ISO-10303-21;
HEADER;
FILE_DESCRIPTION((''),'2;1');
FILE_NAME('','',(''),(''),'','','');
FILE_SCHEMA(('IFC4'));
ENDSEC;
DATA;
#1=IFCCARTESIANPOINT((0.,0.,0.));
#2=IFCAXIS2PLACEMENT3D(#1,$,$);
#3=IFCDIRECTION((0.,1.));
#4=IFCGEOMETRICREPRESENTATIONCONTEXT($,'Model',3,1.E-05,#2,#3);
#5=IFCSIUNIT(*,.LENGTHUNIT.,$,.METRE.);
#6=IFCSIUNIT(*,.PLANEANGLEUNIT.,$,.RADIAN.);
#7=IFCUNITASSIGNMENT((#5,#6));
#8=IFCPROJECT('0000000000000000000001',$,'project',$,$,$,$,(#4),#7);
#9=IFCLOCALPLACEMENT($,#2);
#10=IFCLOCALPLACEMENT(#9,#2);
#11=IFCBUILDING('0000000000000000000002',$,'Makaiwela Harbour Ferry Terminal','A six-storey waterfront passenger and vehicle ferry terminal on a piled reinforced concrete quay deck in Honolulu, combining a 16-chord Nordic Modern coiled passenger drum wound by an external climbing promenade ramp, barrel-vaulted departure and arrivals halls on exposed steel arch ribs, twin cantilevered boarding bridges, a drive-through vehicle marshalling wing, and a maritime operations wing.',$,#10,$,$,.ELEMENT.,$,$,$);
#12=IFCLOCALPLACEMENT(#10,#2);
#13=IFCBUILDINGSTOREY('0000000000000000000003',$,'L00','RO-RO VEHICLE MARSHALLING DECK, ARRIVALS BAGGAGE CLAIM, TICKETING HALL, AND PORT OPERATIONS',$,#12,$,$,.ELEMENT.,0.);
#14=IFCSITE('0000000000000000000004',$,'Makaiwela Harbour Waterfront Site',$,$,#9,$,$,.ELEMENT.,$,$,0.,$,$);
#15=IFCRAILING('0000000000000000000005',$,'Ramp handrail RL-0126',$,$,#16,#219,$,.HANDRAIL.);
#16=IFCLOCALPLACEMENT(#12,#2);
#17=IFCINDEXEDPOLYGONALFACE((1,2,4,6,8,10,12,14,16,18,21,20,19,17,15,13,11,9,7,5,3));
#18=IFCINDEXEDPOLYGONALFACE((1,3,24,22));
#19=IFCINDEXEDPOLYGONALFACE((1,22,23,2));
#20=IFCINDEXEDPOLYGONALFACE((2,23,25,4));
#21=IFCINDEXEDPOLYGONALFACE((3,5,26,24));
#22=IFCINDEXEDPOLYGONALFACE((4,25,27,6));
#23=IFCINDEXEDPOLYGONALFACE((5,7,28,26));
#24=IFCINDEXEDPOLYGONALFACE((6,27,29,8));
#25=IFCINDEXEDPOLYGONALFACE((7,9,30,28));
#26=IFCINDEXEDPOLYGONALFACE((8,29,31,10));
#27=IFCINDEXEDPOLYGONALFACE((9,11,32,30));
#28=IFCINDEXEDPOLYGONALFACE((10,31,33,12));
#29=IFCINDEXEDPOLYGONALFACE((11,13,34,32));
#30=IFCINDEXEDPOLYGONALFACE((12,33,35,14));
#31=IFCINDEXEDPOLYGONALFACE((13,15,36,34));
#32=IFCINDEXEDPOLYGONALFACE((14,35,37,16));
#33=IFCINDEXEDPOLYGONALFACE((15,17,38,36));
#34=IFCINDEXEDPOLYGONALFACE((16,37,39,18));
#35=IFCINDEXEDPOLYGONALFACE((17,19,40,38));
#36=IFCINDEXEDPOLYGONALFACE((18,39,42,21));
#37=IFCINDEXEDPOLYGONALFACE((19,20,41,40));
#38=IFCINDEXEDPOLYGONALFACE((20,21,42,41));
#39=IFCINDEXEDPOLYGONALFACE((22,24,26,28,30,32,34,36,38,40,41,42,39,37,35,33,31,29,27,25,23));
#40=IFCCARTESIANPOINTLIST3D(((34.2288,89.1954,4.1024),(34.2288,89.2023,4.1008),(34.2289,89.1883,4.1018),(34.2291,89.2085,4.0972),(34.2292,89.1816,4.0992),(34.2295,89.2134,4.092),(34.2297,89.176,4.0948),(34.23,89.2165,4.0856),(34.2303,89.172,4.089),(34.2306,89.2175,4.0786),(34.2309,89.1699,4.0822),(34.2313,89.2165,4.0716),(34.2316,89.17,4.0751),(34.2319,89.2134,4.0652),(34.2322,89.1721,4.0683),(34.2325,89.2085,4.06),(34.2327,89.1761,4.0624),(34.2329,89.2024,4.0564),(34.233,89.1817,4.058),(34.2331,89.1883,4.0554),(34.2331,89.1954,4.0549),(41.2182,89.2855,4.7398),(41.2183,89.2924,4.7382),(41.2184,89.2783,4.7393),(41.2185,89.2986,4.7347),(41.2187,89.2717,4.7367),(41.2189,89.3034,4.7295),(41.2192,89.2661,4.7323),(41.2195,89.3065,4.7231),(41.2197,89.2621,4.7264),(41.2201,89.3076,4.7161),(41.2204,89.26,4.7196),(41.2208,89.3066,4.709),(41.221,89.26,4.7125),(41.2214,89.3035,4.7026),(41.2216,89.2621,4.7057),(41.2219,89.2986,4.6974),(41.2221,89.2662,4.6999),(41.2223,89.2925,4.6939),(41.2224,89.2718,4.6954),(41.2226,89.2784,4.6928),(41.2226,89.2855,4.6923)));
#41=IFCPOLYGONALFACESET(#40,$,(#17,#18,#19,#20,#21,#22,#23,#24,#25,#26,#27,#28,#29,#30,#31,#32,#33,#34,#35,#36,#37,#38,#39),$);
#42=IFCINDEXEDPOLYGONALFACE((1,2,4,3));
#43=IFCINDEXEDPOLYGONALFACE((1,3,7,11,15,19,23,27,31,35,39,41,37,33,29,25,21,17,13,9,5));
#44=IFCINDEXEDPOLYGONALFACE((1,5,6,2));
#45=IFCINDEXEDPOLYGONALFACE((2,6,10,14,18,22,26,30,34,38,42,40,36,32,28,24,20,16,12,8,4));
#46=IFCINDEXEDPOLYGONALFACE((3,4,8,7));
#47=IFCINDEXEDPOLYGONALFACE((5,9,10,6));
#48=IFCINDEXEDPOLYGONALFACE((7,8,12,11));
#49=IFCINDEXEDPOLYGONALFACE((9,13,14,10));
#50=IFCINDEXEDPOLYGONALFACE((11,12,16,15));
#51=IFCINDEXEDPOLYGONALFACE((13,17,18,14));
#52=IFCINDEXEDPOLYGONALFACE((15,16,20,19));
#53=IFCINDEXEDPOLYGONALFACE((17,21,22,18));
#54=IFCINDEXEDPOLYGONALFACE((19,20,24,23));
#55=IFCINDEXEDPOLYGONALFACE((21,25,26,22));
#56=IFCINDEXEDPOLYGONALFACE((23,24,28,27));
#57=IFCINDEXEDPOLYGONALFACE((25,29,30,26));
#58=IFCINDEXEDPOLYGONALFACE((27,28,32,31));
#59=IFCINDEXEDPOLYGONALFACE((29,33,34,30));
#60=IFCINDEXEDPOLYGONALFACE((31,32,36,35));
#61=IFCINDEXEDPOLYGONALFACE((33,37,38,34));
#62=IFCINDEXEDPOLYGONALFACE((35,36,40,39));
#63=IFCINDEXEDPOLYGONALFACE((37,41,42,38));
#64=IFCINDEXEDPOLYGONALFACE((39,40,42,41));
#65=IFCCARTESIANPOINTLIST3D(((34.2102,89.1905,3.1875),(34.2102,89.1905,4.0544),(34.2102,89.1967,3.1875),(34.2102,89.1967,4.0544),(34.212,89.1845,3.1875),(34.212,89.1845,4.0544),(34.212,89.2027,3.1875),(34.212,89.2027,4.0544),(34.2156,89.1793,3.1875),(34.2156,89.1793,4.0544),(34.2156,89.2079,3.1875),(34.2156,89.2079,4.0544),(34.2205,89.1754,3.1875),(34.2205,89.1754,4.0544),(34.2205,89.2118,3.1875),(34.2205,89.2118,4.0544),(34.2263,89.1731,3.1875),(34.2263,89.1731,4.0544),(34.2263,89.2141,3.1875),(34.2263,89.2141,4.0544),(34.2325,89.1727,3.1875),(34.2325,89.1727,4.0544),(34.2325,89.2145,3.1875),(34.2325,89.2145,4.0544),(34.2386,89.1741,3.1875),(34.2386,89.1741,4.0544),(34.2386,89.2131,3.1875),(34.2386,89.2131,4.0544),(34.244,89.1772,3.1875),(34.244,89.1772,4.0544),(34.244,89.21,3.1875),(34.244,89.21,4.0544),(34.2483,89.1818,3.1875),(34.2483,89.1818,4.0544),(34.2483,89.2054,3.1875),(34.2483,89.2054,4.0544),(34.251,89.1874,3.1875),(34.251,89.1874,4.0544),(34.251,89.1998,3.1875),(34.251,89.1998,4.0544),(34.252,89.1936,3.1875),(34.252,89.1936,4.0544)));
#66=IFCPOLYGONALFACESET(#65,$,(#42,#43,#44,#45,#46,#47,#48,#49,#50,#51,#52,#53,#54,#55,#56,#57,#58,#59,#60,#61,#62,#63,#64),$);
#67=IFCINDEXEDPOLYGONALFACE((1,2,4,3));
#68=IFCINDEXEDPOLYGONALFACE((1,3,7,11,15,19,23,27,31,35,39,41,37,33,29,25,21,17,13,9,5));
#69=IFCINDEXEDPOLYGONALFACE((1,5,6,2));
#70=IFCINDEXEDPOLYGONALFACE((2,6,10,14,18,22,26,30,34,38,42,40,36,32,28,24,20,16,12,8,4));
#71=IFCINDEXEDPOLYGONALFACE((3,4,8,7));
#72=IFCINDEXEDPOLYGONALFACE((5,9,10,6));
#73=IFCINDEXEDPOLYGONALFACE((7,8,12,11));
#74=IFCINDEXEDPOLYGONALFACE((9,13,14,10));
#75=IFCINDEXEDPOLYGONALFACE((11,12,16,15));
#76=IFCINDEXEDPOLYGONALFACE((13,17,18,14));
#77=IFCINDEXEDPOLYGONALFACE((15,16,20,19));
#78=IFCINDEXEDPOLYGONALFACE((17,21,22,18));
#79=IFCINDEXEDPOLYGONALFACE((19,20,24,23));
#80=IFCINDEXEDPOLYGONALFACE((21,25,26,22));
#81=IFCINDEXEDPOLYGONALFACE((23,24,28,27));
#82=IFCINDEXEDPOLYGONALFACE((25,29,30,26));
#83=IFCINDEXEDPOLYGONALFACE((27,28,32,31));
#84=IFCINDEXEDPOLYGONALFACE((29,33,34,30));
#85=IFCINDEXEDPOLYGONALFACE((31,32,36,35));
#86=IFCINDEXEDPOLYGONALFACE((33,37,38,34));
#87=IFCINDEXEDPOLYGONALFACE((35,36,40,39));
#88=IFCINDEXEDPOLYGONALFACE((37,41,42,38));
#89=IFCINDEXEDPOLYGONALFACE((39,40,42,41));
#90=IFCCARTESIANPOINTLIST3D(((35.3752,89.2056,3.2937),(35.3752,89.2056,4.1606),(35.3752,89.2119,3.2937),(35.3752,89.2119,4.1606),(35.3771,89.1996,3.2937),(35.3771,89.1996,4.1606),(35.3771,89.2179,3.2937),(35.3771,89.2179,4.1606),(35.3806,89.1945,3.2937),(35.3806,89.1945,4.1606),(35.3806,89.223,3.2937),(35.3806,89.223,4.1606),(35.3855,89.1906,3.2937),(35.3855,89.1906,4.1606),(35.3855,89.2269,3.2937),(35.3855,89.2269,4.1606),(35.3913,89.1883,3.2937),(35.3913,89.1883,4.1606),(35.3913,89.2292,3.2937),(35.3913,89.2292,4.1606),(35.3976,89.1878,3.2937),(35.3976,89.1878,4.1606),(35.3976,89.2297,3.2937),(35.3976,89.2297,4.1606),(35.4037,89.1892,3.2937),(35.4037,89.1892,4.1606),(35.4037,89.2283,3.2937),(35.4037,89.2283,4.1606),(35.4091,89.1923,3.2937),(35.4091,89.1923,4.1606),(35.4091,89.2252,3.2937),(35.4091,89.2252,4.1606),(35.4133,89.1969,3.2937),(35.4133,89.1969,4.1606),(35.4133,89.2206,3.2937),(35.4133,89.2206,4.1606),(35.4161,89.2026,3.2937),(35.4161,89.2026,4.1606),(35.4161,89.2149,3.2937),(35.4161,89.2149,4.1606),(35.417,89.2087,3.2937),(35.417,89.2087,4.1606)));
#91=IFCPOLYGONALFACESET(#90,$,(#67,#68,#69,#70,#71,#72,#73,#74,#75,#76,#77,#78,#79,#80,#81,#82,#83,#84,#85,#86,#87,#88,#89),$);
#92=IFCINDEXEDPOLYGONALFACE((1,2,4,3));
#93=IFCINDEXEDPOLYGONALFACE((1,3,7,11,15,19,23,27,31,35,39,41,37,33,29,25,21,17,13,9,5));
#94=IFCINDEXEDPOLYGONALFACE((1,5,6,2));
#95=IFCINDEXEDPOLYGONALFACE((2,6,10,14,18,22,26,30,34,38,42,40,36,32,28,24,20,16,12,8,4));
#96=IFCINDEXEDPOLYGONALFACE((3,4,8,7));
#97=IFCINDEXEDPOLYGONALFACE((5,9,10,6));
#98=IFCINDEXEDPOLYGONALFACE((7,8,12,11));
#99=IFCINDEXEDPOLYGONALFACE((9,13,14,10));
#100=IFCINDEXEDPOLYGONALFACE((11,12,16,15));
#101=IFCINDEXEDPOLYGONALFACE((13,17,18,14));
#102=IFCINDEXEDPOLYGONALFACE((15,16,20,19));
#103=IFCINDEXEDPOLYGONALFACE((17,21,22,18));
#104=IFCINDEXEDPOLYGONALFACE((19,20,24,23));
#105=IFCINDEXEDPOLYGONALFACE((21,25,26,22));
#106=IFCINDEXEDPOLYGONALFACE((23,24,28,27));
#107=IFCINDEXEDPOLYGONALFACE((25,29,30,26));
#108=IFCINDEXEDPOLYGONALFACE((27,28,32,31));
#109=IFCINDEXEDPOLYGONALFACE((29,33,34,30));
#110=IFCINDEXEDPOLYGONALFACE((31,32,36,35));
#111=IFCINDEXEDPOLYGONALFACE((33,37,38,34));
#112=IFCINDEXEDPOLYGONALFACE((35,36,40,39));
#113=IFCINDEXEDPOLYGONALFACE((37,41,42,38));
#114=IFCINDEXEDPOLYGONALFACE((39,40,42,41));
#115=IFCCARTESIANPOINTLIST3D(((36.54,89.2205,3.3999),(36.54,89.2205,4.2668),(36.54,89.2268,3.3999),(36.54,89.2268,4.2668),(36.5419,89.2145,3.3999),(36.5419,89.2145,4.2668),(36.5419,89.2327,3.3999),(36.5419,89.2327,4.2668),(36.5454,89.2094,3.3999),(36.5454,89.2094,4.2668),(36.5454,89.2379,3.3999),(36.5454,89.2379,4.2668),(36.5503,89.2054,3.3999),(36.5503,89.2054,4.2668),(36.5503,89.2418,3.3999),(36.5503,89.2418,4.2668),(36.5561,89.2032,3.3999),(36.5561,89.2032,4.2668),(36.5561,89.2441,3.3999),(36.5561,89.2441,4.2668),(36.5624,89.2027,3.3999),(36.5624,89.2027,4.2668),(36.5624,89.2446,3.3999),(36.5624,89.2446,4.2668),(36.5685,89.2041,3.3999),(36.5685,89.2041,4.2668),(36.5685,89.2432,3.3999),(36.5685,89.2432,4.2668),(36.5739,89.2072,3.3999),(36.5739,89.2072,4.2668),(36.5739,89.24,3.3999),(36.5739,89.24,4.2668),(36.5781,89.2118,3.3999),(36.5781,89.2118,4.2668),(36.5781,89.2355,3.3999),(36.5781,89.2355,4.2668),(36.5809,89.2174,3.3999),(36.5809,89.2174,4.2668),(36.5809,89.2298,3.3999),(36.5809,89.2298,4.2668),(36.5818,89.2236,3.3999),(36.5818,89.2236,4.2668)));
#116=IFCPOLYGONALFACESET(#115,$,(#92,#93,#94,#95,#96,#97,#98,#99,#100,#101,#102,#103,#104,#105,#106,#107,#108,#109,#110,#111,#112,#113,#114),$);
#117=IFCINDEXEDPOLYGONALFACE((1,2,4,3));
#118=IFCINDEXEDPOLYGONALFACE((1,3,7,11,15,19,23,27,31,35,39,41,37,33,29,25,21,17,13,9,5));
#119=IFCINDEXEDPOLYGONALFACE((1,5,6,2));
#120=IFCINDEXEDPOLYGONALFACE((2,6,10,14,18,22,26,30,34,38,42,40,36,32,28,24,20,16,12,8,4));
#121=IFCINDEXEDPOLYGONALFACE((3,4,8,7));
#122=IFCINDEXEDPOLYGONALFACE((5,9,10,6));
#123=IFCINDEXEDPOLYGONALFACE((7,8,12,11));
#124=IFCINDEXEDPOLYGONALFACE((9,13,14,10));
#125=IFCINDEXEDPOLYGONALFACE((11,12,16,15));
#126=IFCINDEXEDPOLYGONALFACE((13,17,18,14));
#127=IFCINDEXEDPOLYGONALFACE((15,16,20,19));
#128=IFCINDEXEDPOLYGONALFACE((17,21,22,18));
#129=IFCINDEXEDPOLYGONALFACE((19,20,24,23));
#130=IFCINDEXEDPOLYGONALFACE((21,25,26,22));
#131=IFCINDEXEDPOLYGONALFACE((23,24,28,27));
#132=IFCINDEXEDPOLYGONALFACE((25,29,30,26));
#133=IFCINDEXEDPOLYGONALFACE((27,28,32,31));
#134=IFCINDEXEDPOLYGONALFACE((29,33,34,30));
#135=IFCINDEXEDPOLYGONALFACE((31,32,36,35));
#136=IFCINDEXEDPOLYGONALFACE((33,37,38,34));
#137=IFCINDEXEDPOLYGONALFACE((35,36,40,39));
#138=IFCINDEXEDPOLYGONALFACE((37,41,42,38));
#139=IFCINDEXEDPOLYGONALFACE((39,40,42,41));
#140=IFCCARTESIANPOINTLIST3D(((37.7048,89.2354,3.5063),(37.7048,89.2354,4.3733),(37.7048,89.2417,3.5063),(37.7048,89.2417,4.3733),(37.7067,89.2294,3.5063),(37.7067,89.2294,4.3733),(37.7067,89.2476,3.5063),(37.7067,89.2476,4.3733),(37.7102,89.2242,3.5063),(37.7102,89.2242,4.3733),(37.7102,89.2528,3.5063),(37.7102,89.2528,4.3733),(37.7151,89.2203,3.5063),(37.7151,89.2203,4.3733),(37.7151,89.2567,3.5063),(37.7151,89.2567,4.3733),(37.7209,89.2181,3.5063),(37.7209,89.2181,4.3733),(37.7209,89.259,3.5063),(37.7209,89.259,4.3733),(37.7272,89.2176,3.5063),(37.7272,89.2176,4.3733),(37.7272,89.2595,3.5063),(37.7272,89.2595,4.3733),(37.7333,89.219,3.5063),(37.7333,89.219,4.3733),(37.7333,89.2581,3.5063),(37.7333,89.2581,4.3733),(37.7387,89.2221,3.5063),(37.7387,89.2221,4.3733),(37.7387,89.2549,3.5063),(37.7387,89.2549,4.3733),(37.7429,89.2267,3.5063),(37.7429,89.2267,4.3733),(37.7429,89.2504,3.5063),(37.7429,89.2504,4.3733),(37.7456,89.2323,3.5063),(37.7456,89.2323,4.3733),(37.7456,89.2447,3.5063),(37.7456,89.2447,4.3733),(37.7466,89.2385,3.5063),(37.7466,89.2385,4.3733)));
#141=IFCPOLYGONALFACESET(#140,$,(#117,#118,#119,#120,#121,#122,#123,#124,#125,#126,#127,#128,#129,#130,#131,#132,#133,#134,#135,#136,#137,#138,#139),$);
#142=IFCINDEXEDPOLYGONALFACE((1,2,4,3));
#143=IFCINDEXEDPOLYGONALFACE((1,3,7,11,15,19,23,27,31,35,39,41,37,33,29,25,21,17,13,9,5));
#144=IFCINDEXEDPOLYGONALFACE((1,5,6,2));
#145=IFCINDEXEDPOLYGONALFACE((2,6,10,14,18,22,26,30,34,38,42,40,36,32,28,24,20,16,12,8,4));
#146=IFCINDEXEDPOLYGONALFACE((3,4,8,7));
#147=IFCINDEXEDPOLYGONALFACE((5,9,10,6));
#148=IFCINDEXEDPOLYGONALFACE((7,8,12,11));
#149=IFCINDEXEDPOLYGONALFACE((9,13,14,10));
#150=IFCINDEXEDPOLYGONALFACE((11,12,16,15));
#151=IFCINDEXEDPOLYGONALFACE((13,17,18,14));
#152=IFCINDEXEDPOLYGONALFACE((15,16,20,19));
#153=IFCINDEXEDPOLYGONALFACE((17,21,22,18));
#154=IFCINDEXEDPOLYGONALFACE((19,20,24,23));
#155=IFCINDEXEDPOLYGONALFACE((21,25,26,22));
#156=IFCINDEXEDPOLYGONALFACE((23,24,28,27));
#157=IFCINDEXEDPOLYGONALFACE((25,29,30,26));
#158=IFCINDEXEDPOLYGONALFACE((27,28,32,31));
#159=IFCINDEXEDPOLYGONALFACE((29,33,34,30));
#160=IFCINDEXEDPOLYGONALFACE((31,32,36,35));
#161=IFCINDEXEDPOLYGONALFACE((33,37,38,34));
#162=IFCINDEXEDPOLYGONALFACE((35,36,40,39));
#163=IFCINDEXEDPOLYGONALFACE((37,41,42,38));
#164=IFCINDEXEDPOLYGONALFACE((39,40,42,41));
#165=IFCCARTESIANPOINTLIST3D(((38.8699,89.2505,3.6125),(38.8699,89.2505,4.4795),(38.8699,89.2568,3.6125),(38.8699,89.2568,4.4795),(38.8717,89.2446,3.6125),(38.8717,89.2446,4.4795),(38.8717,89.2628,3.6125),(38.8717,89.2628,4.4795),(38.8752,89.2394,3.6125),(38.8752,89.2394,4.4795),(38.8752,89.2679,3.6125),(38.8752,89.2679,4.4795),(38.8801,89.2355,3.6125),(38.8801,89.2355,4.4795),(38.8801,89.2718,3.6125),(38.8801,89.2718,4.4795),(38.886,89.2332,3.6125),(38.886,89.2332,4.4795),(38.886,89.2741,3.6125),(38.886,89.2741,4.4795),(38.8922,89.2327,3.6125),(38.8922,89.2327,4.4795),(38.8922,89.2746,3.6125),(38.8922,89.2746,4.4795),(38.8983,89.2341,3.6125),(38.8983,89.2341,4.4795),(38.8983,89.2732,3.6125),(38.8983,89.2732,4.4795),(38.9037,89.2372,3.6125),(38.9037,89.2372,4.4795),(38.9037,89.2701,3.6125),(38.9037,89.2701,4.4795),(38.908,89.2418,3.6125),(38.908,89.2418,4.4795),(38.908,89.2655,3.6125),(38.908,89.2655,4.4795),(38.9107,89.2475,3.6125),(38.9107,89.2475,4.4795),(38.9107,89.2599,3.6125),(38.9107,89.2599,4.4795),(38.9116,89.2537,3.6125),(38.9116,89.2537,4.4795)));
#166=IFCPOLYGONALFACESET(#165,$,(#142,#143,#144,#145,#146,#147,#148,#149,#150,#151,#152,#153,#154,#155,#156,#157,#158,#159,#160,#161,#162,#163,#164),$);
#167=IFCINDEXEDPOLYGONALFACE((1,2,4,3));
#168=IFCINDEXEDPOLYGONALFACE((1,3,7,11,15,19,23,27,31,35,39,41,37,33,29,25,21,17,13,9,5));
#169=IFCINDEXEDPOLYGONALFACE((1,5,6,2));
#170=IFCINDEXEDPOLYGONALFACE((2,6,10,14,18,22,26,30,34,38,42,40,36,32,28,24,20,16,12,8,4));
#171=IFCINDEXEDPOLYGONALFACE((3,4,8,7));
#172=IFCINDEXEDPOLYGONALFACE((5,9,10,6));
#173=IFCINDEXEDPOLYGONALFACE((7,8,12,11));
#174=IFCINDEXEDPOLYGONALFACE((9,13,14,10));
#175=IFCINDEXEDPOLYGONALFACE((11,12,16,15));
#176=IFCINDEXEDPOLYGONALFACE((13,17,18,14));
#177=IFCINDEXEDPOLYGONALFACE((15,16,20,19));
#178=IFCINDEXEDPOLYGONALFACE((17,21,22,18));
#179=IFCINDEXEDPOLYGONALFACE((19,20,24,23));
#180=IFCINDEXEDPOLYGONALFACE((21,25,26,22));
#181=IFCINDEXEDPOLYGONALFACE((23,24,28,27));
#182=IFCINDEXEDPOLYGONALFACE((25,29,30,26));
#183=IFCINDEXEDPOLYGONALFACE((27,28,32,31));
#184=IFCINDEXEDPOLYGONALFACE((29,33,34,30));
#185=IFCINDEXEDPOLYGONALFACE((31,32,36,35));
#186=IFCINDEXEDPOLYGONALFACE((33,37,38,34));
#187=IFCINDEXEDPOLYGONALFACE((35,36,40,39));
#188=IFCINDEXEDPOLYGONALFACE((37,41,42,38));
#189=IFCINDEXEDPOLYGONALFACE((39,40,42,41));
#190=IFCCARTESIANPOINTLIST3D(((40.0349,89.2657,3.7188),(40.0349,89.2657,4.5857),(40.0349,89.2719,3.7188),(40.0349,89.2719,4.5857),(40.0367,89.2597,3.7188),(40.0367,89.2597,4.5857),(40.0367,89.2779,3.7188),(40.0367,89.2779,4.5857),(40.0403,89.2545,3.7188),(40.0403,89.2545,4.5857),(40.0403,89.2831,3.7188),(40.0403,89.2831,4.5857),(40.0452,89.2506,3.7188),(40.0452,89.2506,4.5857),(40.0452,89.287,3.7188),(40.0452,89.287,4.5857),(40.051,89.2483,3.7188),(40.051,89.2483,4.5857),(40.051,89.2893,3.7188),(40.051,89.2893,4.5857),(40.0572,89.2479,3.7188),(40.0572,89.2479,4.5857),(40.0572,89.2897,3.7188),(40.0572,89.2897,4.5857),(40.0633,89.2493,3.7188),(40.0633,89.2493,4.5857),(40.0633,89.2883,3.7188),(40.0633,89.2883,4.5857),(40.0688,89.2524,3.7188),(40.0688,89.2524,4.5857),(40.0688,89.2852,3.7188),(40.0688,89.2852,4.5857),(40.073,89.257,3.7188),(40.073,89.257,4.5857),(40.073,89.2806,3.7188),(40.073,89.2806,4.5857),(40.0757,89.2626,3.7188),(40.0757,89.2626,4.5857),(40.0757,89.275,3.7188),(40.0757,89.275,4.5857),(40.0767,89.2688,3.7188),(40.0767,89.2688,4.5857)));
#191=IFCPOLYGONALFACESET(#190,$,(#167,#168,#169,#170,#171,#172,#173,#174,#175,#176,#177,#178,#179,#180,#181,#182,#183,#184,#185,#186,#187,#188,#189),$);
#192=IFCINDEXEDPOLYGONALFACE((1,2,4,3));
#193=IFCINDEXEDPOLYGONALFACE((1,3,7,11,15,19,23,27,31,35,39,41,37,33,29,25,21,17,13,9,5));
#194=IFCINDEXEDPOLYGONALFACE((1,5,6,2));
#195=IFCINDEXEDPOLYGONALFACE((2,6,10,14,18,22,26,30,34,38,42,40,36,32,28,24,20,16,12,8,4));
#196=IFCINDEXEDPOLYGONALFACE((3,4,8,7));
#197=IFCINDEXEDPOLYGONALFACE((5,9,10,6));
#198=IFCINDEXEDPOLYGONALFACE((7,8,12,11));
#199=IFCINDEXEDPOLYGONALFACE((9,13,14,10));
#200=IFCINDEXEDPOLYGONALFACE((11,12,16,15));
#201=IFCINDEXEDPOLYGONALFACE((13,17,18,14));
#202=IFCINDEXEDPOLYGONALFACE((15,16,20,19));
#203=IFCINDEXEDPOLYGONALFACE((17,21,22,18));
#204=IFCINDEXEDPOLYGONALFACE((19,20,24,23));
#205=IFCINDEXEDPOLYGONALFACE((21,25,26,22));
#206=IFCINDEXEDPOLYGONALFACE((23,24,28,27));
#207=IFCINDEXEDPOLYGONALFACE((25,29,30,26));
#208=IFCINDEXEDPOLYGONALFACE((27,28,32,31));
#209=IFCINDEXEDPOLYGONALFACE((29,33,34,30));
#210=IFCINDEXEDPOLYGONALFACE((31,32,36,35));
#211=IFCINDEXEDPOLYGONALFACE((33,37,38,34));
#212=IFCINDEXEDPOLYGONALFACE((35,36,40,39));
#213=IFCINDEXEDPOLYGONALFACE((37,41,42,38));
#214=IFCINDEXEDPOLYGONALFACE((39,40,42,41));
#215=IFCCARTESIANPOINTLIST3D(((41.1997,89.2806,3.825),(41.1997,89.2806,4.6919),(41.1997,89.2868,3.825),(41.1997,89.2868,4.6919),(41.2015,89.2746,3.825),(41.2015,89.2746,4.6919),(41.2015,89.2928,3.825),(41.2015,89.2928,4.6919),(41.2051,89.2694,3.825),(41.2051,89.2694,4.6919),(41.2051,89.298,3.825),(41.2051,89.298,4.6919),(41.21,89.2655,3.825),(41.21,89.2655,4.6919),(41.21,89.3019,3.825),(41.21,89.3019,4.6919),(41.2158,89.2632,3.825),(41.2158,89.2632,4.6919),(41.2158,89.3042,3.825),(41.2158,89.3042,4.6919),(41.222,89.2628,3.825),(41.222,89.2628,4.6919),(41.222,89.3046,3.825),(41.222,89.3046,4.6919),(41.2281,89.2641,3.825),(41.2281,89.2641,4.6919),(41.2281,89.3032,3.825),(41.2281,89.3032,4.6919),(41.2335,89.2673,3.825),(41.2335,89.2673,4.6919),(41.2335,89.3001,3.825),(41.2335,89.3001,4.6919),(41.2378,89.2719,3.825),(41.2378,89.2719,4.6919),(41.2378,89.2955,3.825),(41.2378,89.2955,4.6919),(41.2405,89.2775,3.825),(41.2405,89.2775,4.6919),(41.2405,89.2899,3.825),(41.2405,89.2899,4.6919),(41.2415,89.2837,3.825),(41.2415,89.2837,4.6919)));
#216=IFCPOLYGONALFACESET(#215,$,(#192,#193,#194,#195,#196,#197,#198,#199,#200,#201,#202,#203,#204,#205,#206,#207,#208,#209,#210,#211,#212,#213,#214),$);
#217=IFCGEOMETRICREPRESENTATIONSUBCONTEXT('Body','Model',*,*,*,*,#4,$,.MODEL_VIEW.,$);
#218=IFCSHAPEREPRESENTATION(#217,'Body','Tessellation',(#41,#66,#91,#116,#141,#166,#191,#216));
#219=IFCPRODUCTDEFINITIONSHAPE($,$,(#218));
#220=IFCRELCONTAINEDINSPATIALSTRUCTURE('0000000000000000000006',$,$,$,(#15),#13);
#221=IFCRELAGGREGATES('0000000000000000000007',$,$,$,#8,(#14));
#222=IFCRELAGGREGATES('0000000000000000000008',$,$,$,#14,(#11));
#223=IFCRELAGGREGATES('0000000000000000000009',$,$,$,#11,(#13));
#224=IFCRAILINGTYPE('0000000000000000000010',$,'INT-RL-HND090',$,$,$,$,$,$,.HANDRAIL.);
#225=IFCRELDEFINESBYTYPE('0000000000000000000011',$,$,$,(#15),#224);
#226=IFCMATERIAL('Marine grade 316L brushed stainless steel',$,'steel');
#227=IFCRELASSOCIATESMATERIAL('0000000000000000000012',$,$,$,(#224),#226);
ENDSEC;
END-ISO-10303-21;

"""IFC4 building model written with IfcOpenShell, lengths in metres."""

from ifc_helpers import new_model, si_unit, direction, frame, origin, origin_2d, place, context, subcontext, project, spatial, circle, extrude, material, type_object, element, save


model = new_model("IFC4")

# Units and contexts
model_context = context("Model", 3, precision=1e-05, world=origin(), true_north=direction((0.0, 1.0)))
body_context = subcontext(model_context, "Body", "Model", "MODEL_VIEW")
ifc_project = project(units=[si_unit("LENGTHUNIT", "METRE"), si_unit("PLANEANGLEUNIT", "RADIAN")], contexts=[model_context])

# Site, building, storey
site_placement = place(None, origin())
site = spatial("IfcSite", under=ifc_project, at=site_placement, Name="Makaiwela Harbour Waterfront Site", CompositionType="ELEMENT", RefElevation=0.0)
building_placement = place(site_placement, origin())
building = spatial("IfcBuilding", under=site, at=building_placement, Name="Makaiwela Harbour Ferry Terminal", Description="A six-storey waterfront passenger and vehicle ferry terminal on a piled reinforced concrete quay deck in Honolulu, combining a 16-chord Nordic Modern coiled passenger drum wound by an external climbing promenade ramp, barrel-vaulted departure and arrivals halls on exposed steel arch ribs, twin cantilevered boarding bridges, a drive-through vehicle marshalling wing, and a maritime operations wing.", CompositionType="ELEMENT")
storey_placement = place(building_placement, origin())
storey = spatial("IfcBuildingStorey", under=building, at=storey_placement, Name="L00", Description="RO-RO VEHICLE MARSHALLING DECK, ARRIVALS BAGGAGE CLAIM, TICKETING HALL, AND PORT OPERATIONS", CompositionType="ELEMENT", Elevation=0.0)

# Railing
ifc_material_1 = material(Name="Marine grade 316L brushed stainless steel", Category="steel")
railing_type_1 = type_object("IfcRailingType", Name="INT-RL-HND090", PredefinedType="HANDRAIL", material=ifc_material_1)
railing_1_placement = place(storey_placement, frame((34.231, 89.1936, 3.1875)))
element("IfcRailing", 1, at=railing_1_placement, inside=storey, type_object=railing_type_1, Name="Ramp handrail RL-0126", PredefinedType="HANDRAIL", context=body_context, shape_type="SweptSolid", body=[
    extrude(circle(Radius=0.0239, at=origin_2d()), frame((0.0, 0.0, 0.8911), z_axis=(0.995785, 0.012835, 0.090817), x_axis=(-0.012888, 0.999917, 0.0)), (0.0, 0.0, 1.0), 7.019),
    extrude(circle(Radius=0.021, at=origin_2d()), origin(), (0.0, 0.0, 1.0), 0.8669),
    extrude(circle(Radius=0.021, at=origin_2d()), frame((1.165, 0.0151, 0.1062)), (0.0, 0.0, 1.0), 0.8669),
    extrude(circle(Radius=0.021, at=origin_2d()), frame((2.3298, 0.03, 0.2124)), (0.0, 0.0, 1.0), 0.8669),
    extrude(circle(Radius=0.021, at=origin_2d()), frame((3.4946, 0.0449, 0.3188)), (0.0, 0.0, 1.0), 0.8669),
    extrude(circle(Radius=0.021, at=origin_2d()), frame((4.6597, 0.0601, 0.425)), (0.0, 0.0, 1.0), 0.8669),
    extrude(circle(Radius=0.021, at=origin_2d()), frame((5.8247, 0.0752, 0.5312)), (0.0, 0.0, 1.0), 0.8669),
    extrude(circle(Radius=0.021, at=origin_2d()), frame((6.9895, 0.0901, 0.6375)), (0.0, 0.0, 1.0), 0.8669),
])

save(model, "model.ifc")
